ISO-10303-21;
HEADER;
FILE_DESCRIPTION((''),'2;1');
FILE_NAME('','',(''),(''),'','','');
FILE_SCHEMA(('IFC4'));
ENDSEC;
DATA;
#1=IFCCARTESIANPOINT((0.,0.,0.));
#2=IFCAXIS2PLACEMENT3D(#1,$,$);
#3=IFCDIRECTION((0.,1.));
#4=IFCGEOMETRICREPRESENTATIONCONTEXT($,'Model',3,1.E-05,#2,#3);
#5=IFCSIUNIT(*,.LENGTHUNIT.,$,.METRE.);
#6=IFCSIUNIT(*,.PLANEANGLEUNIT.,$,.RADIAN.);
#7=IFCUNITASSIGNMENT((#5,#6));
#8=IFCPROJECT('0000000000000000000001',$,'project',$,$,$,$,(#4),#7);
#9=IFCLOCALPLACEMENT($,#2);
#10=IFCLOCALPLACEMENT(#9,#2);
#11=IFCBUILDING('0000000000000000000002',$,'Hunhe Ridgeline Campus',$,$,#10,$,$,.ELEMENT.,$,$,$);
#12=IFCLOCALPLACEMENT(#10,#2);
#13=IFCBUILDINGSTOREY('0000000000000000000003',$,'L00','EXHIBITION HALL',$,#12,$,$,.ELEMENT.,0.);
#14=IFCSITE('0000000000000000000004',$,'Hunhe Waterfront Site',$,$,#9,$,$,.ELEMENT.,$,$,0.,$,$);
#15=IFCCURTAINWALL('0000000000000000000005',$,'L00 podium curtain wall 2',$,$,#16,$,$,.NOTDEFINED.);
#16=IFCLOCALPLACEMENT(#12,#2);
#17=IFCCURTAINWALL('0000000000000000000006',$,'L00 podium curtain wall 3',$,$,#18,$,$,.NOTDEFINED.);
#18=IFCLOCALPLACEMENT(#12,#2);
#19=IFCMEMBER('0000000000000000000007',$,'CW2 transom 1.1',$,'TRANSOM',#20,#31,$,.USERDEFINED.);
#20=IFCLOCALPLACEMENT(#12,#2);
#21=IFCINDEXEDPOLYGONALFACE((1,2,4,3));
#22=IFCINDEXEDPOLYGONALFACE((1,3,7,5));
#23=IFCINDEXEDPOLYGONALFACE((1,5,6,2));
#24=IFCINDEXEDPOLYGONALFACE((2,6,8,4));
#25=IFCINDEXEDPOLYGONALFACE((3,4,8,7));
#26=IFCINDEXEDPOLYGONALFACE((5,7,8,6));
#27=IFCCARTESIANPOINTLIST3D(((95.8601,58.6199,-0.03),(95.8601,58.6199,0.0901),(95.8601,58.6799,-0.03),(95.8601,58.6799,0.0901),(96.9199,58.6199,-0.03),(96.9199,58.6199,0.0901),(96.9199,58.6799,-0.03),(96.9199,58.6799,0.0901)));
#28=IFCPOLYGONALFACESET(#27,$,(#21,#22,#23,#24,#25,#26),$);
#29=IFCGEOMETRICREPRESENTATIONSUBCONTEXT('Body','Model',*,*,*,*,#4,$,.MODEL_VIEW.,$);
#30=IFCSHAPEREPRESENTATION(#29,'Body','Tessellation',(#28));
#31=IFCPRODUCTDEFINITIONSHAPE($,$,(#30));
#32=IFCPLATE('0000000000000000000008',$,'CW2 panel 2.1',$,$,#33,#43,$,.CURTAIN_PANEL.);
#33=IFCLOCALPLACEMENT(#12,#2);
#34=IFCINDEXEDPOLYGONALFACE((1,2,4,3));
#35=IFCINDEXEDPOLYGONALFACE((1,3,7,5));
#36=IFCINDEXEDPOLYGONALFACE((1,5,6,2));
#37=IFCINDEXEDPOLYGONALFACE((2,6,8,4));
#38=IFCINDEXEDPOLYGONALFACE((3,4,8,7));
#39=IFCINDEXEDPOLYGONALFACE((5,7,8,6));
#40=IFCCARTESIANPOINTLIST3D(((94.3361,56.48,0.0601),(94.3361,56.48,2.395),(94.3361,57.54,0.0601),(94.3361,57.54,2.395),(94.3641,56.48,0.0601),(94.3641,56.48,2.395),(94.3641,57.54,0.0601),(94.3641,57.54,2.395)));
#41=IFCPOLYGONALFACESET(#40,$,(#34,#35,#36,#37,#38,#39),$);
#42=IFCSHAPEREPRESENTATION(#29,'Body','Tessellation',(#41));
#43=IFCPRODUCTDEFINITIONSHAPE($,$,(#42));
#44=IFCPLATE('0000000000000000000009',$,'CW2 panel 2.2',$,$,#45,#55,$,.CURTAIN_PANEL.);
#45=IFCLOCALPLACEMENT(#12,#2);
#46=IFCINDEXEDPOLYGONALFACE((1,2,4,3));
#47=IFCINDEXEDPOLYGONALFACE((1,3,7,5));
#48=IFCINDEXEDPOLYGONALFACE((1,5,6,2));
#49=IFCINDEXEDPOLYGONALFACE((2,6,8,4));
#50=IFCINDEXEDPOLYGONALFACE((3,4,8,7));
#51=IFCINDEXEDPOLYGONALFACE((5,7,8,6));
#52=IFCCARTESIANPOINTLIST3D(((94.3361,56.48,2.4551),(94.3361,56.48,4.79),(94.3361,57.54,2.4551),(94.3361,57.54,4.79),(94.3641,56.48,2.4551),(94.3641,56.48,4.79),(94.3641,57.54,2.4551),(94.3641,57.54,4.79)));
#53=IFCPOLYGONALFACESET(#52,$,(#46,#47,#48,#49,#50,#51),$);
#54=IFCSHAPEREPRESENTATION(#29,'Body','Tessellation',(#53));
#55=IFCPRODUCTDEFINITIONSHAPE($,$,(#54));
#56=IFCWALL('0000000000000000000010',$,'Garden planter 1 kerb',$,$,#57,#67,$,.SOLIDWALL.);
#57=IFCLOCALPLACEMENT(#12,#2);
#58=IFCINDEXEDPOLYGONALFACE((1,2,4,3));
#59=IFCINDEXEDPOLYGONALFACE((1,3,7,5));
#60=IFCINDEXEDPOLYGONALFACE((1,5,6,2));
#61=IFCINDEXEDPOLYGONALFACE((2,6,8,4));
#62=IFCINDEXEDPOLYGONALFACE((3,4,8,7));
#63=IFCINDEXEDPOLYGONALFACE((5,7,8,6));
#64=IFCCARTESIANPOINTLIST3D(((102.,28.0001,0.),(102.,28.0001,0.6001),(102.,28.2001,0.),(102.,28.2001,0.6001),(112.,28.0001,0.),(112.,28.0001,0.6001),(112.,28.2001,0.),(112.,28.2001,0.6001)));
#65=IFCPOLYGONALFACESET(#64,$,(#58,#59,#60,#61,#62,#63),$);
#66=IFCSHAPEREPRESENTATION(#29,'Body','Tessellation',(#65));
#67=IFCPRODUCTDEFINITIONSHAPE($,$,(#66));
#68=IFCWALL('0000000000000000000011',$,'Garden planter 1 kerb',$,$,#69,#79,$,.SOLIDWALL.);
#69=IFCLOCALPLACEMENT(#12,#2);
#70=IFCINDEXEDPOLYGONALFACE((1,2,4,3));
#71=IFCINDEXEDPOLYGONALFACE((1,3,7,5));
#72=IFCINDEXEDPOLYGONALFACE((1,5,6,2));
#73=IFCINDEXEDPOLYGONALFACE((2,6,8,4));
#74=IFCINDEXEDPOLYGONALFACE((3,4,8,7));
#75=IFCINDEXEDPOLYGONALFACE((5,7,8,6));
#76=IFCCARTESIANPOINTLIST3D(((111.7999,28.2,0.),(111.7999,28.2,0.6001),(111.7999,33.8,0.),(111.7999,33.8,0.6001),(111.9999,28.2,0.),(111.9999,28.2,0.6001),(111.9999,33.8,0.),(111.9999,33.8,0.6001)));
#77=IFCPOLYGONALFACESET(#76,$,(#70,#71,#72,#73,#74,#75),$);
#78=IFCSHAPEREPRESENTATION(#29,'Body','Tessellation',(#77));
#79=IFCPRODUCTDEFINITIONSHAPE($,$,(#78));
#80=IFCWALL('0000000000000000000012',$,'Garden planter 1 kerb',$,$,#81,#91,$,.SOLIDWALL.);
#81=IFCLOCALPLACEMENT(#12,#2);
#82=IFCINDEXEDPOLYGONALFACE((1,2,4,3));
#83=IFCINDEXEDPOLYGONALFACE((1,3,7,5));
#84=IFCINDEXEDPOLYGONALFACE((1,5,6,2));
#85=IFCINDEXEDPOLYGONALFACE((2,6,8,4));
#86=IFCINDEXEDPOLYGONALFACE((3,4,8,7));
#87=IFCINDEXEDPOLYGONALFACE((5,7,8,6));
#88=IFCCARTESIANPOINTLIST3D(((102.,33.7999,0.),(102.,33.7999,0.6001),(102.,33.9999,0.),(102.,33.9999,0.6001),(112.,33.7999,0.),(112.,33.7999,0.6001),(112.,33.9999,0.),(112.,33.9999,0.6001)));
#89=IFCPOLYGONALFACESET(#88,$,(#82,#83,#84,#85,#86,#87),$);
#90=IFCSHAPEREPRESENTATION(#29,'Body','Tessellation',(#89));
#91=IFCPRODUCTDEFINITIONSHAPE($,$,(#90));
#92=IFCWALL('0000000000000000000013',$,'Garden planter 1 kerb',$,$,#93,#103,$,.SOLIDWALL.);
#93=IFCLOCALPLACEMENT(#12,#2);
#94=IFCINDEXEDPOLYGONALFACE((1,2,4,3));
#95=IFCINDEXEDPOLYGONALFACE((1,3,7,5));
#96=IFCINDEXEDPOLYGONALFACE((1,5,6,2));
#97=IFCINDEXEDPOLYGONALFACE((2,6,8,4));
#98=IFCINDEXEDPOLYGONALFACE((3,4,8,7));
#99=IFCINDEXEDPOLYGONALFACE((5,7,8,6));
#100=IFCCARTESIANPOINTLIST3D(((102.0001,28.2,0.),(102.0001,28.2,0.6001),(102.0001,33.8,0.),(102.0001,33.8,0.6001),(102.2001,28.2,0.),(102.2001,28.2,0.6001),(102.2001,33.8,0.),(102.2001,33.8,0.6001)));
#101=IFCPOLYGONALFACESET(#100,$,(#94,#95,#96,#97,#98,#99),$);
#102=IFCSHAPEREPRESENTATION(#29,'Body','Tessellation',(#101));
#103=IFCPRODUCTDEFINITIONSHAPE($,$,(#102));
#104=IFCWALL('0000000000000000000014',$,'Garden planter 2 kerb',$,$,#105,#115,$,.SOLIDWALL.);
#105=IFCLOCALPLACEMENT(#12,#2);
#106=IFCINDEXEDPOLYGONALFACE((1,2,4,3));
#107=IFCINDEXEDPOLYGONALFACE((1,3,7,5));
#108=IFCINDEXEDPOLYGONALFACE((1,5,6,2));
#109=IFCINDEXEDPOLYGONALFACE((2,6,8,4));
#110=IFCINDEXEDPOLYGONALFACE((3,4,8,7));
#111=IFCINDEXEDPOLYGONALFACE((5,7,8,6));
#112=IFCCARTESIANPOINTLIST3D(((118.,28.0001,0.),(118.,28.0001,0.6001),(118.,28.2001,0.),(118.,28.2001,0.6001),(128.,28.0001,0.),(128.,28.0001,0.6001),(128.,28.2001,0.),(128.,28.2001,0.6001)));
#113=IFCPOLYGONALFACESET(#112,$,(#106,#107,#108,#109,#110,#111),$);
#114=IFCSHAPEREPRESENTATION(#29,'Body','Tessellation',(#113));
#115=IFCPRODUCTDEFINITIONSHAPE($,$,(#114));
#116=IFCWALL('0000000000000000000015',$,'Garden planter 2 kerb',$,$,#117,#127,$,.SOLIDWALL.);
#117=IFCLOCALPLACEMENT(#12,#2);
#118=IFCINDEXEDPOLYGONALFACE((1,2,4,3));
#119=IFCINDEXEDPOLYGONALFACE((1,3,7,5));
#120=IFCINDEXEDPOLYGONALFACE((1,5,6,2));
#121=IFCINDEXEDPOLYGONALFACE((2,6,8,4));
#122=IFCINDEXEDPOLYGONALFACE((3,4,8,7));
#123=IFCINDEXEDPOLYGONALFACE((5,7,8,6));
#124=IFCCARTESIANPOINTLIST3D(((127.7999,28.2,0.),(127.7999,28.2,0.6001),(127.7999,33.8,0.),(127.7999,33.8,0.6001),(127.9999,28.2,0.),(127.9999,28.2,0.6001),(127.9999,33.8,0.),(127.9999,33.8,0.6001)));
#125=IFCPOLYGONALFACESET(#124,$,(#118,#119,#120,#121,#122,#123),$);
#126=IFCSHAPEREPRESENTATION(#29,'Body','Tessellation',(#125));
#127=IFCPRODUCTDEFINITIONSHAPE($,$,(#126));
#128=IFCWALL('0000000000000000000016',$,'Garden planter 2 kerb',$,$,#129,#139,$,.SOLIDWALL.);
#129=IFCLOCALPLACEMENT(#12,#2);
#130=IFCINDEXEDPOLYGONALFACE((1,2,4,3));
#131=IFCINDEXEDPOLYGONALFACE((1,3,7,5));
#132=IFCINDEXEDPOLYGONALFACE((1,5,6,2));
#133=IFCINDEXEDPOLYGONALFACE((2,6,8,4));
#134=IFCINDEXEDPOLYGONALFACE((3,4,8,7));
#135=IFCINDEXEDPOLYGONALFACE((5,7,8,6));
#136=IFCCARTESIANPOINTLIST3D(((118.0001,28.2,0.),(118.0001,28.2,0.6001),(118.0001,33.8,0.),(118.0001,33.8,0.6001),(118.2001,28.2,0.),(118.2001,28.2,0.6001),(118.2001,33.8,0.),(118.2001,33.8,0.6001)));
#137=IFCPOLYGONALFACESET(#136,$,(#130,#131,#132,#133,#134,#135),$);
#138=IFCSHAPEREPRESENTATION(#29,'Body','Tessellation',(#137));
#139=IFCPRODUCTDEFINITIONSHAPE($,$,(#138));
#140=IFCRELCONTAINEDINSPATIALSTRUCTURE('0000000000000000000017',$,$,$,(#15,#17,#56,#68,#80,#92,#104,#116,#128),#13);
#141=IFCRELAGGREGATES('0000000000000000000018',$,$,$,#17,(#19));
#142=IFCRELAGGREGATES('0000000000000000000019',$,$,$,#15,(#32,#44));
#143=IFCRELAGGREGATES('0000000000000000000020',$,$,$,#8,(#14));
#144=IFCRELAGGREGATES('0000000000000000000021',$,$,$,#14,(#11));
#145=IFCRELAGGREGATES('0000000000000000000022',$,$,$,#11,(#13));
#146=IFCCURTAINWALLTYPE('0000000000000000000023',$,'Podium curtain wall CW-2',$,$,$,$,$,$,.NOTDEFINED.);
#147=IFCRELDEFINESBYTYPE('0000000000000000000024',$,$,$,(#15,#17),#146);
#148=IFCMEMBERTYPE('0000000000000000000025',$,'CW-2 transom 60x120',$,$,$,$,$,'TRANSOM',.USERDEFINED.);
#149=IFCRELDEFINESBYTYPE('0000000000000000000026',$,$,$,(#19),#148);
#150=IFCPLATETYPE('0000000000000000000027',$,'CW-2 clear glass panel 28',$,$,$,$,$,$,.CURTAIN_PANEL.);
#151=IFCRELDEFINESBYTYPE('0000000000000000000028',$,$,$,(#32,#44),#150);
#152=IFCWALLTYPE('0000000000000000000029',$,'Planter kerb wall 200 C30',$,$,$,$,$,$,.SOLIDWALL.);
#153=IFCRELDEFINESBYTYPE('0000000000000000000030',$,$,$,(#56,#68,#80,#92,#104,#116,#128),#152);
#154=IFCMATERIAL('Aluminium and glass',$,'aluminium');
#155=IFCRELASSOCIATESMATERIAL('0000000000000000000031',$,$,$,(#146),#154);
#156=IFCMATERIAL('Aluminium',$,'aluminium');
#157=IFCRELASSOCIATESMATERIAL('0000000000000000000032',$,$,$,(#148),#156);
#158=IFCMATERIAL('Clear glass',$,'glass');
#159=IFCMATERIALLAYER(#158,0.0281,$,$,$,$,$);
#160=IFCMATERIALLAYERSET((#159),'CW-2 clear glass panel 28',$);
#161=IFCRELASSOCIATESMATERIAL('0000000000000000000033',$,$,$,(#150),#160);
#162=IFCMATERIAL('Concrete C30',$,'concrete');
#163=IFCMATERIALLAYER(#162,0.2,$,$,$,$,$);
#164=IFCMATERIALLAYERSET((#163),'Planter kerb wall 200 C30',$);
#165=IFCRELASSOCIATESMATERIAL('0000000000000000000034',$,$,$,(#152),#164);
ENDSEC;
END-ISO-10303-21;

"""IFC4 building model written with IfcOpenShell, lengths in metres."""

from ifc_helpers import new_model, si_unit, direction, frame, frame_2d, origin, origin_2d, place, context, subcontext, project, spatial, rectangle, extrude, material, layer, layer_set, material_profile, profile_set, type_object, element, aggregate, save


model = new_model("IFC4")

# Units and contexts
model_context = context("Model", 3, precision=1e-05, world=origin(), true_north=direction((0.0, 1.0)))
body_context = subcontext(model_context, "Body", "Model", "MODEL_VIEW")
ifc_project = project(units=[si_unit("LENGTHUNIT", "METRE"), si_unit("PLANEANGLEUNIT", "RADIAN")], contexts=[model_context])

# Site, building, storey
site_placement = place(None, origin())
site = spatial("IfcSite", under=ifc_project, at=site_placement, Name="Hunhe Waterfront Site", CompositionType="ELEMENT", RefElevation=0.0)
building_placement = place(site_placement, origin())
building = spatial("IfcBuilding", under=site, at=building_placement, Name="Hunhe Ridgeline Campus", CompositionType="ELEMENT")
storey_placement = place(building_placement, origin())
storey = spatial("IfcBuildingStorey", under=building, at=storey_placement, Name="L00", Description="EXHIBITION HALL", CompositionType="ELEMENT", Elevation=0.0)

# Curtain walls
ifc_material_1 = material(Name="Aluminium and glass", Category="aluminium")
curtain_wall_type = type_object("IfcCurtainWallType", Name="Podium curtain wall CW-2", PredefinedType="NOTDEFINED", material=ifc_material_1)
curtain_wall_1_placement = place(storey_placement, origin())
curtain_wall_1 = element("IfcCurtainWall", 1, at=curtain_wall_1_placement, inside=storey, type_object=curtain_wall_type, Name="L00 podium curtain wall 2", PredefinedType="NOTDEFINED")
ifc_material_2 = material(Name="Aluminium", Category="aluminium")
curtain_wall_2_placement = place(storey_placement, origin())
curtain_wall_2 = element("IfcCurtainWall", 2, at=curtain_wall_2_placement, inside=storey, type_object=curtain_wall_type, Name="L00 podium curtain wall 3", PredefinedType="NOTDEFINED")

# Member
ifc_material_profile_1 = material_profile(ifc_material_2, rectangle(XDim=0.0601, YDim=0.1201, at=origin_2d()))
ifc_profile_set_1 = profile_set([ifc_material_profile_1], Name="Aluminium")
member_type_1 = type_object("IfcMemberType", Name="CW-2 transom 60x120", ElementType="TRANSOM", PredefinedType="USERDEFINED", material=ifc_profile_set_1)
member_1_placement = place(storey_placement, frame((95.8601, 58.6499, 0.03), z_axis=(1.0, 0.0, 0.0), x_axis=(0.0, 1.0, 0.0)))
member_1 = element("IfcMember", 3, at=member_1_placement, type_object=member_type_1, Name="CW2 transom 1.1", ObjectType="TRANSOM", PredefinedType="USERDEFINED", context=body_context, shape_type="SweptSolid", body=[
    extrude(rectangle(XDim=0.0601, YDim=0.1201, at=origin_2d()), origin(), (0.0, 0.0, 1.0), 1.0598),
])
aggregate(curtain_wall_2, [member_1])

# Plates
ifc_material_3 = material(Name="Clear glass", Category="glass")
ifc_layer_1 = layer(ifc_material_3, 0.0281)
ifc_layer_set_1 = layer_set([ifc_layer_1], Name="CW-2 clear glass panel 28")
plate_type = type_object("IfcPlateType", Name="CW-2 clear glass panel 28", PredefinedType="CURTAIN_PANEL", material=ifc_layer_set_1)
plate_1_placement = place(storey_placement, frame((94.3501, 57.01, 0.0601), z_axis=(0.0, 0.0, 1.0), x_axis=(0.0, 1.0, 0.0)))
plate_1 = element("IfcPlate", 4, at=plate_1_placement, type_object=plate_type, Name="CW2 panel 2.1", PredefinedType="CURTAIN_PANEL", context=body_context, shape_type="SweptSolid", body=[
    extrude(rectangle(XDim=1.0601, YDim=0.0281, at=origin_2d()), origin(), (0.0, 0.0, 1.0), 2.335),
])
plate_2_placement = place(storey_placement, frame((94.3501, 57.01, 2.4551), z_axis=(0.0, 0.0, 1.0), x_axis=(0.0, 1.0, 0.0)))
plate_2 = element("IfcPlate", 5, at=plate_2_placement, type_object=plate_type, Name="CW2 panel 2.2", PredefinedType="CURTAIN_PANEL", context=body_context, shape_type="SweptSolid", body=[
    extrude(rectangle(XDim=1.0601, YDim=0.0281, at=origin_2d()), origin(), (0.0, 0.0, 1.0), 2.335),
])
aggregate(curtain_wall_1, [plate_1, plate_2])

# Walls
ifc_material_4 = material(Name="Concrete C30", Category="concrete")
ifc_layer_2 = layer(ifc_material_4, 0.2)
ifc_layer_set_2 = layer_set([ifc_layer_2], Name="Planter kerb wall 200 C30")
wall_type = type_object("IfcWallType", Name="Planter kerb wall 200 C30", PredefinedType="SOLIDWALL", material=ifc_layer_set_2)
wall_1_placement = place(storey_placement, frame((102.0, 28.1001, 0.0), z_axis=(0.0, 0.0, 1.0), x_axis=(1.0, 0.0, 0.0)))
element("IfcWall", 6, at=wall_1_placement, inside=storey, type_object=wall_type, Name="Garden planter 1 kerb", PredefinedType="SOLIDWALL", context=body_context, shape_type="SweptSolid", body=[
    extrude(rectangle(XDim=10.0, YDim=0.2, at=frame_2d((5.0, 0.0))), origin(), (0.0, 0.0, 1.0), 0.6001),
])
wall_2_placement = place(storey_placement, frame((111.8999, 28.2, 0.0), z_axis=(0.0, 0.0, 1.0), x_axis=(0.0, 1.0, 0.0)))
element("IfcWall", 7, at=wall_2_placement, inside=storey, type_object=wall_type, Name="Garden planter 1 kerb", PredefinedType="SOLIDWALL", context=body_context, shape_type="SweptSolid", body=[
    extrude(rectangle(XDim=5.6001, YDim=0.2, at=frame_2d((2.8, 0.0))), origin(), (0.0, 0.0, 1.0), 0.6001),
])
wall_3_placement = place(storey_placement, frame((112.0, 33.8999, 0.0), z_axis=(0.0, 0.0, 1.0), x_axis=(-1.0, 0.0, 0.0)))
element("IfcWall", 8, at=wall_3_placement, inside=storey, type_object=wall_type, Name="Garden planter 1 kerb", PredefinedType="SOLIDWALL", context=body_context, shape_type="SweptSolid", body=[
    extrude(rectangle(XDim=10.0, YDim=0.2, at=frame_2d((5.0, 0.0))), origin(), (0.0, 0.0, 1.0), 0.6001),
])
wall_4_placement = place(storey_placement, frame((102.1001, 33.8, 0.0), z_axis=(0.0, 0.0, 1.0), x_axis=(0.0, -1.0, 0.0)))
element("IfcWall", 9, at=wall_4_placement, inside=storey, type_object=wall_type, Name="Garden planter 1 kerb", PredefinedType="SOLIDWALL", context=body_context, shape_type="SweptSolid", body=[
    extrude(rectangle(XDim=5.6001, YDim=0.2, at=frame_2d((2.8, 0.0))), origin(), (0.0, 0.0, 1.0), 0.6001),
])
wall_5_placement = place(storey_placement, frame((118.0, 28.1001, 0.0), z_axis=(0.0, 0.0, 1.0), x_axis=(1.0, 0.0, 0.0)))
element("IfcWall", 10, at=wall_5_placement, inside=storey, type_object=wall_type, Name="Garden planter 2 kerb", PredefinedType="SOLIDWALL", context=body_context, shape_type="SweptSolid", body=[
    extrude(rectangle(XDim=10.0, YDim=0.2, at=frame_2d((5.0, 0.0))), origin(), (0.0, 0.0, 1.0), 0.6001),
])
for number, where, z_axis, x_axis, name in (
    (11, (127.8999, 28.2, 0.0), (0.0, 0.0, 1.0), (0.0, 1.0, 0.0), "Garden planter 2 kerb"),
    (12, (118.1001, 33.8, 0.0), (0.0, 0.0, 1.0), (0.0, -1.0, 0.0), "Garden planter 2 kerb"),
):
    element("IfcWall", number, at=place(storey_placement, frame(where, z_axis=z_axis, x_axis=x_axis)), inside=storey, type_object=wall_type, Name=name, PredefinedType="SOLIDWALL", context=body_context, shape_type="SweptSolid", body=[
        extrude(rectangle(XDim=5.6001, YDim=0.2, at=frame_2d((2.8, 0.0))), origin(), (0.0, 0.0, 1.0), 0.6001),
    ])

save(model, "model.ifc")
